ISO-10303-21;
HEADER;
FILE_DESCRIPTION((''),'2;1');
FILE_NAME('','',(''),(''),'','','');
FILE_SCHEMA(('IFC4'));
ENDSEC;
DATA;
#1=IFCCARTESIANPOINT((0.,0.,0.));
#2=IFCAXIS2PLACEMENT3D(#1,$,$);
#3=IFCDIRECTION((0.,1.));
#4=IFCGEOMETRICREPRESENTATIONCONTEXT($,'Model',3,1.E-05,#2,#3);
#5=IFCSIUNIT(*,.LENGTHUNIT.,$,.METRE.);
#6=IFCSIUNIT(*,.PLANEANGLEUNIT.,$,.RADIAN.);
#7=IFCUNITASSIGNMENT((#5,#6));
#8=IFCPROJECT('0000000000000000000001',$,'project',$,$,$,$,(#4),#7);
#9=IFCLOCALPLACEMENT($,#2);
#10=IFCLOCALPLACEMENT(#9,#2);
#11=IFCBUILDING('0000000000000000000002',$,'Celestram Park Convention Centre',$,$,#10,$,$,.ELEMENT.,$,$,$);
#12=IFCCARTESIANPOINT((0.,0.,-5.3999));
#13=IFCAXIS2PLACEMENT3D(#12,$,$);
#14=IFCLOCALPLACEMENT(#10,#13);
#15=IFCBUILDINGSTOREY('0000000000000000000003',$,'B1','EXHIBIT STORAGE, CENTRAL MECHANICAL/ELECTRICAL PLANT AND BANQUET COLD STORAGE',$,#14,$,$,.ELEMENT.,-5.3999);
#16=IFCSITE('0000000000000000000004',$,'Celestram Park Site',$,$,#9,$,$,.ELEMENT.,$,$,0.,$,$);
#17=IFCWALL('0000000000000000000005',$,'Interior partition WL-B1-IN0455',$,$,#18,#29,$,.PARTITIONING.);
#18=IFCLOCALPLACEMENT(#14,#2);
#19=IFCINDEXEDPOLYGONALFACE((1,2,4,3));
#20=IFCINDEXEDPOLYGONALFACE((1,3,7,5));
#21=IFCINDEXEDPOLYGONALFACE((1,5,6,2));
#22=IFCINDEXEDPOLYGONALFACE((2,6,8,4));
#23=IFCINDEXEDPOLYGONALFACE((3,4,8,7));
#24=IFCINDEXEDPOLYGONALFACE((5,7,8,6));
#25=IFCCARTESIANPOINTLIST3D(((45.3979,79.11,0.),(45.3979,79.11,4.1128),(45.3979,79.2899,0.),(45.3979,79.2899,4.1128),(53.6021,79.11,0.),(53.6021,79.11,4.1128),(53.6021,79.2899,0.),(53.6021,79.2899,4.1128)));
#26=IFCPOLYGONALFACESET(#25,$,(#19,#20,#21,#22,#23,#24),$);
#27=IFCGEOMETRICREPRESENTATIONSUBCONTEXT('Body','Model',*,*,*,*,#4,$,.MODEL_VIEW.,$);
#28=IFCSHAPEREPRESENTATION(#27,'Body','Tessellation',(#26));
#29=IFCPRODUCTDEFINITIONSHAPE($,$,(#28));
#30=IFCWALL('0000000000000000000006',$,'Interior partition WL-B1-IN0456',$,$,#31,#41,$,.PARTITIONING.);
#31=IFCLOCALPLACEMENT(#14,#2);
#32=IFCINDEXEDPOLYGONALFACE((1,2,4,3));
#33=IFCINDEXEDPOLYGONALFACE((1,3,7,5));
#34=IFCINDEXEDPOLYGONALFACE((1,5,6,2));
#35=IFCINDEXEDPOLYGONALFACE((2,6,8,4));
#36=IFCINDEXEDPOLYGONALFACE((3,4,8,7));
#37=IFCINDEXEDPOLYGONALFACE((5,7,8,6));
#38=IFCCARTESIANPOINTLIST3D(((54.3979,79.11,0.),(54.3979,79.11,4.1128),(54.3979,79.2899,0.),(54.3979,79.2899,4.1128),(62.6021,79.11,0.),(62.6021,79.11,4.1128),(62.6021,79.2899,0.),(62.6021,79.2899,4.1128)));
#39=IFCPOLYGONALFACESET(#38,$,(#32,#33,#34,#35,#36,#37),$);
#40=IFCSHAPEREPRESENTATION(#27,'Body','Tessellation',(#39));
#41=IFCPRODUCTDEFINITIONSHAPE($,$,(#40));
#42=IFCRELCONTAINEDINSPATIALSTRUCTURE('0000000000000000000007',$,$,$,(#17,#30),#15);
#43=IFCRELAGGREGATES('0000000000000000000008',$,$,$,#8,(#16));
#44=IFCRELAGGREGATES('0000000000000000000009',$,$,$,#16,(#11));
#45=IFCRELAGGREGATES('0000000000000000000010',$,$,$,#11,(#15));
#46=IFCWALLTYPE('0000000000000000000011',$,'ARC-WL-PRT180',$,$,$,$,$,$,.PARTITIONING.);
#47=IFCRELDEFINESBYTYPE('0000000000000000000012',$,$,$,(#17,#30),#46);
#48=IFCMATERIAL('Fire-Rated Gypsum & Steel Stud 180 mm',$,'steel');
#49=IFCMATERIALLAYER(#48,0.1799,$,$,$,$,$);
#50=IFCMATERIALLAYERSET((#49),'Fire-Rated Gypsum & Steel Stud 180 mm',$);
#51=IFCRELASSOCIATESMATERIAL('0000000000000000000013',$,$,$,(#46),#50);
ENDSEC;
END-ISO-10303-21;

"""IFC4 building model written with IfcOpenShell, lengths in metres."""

from ifc_helpers import new_model, si_unit, direction, frame, frame_2d, origin, place, context, subcontext, project, spatial, rectangle, extrude, material, layer, layer_set, type_object, element, save


model = new_model("IFC4")

# Units and contexts
model_context = context("Model", 3, precision=1e-05, world=origin(), true_north=direction((0.0, 1.0)))
body_context = subcontext(model_context, "Body", "Model", "MODEL_VIEW")
ifc_project = project(units=[si_unit("LENGTHUNIT", "METRE"), si_unit("PLANEANGLEUNIT", "RADIAN")], contexts=[model_context])

# Site, building, storey
site_placement = place(None, origin())
site = spatial("IfcSite", under=ifc_project, at=site_placement, Name="Celestram Park Site", CompositionType="ELEMENT", RefElevation=0.0)
building_placement = place(site_placement, origin())
building = spatial("IfcBuilding", under=site, at=building_placement, Name="Celestram Park Convention Centre", CompositionType="ELEMENT")
storey_placement = place(building_placement, frame((0.0, 0.0, -5.3999)))
storey = spatial("IfcBuildingStorey", under=building, at=storey_placement, Name="B1", Description="EXHIBIT STORAGE, CENTRAL MECHANICAL/ELECTRICAL PLANT AND BANQUET COLD STORAGE", CompositionType="ELEMENT", Elevation=-5.3999)

# Walls
ifc_material_1 = material(Name="Fire-Rated Gypsum & Steel Stud 180 mm", Category="steel")
ifc_layer = layer(ifc_material_1, 0.1799)
ifc_layer_set = layer_set([ifc_layer], Name="Fire-Rated Gypsum & Steel Stud 180 mm")
wall_type = type_object("IfcWallType", Name="ARC-WL-PRT180", PredefinedType="PARTITIONING", material=ifc_layer_set)
for number, where, z_axis, x_axis, name in (
    (1, (45.3979, 79.2, 0.0), (0.0, 0.0, 1.0), (1.0, 0.0, 0.0), "Interior partition WL-B1-IN0455"),
    (2, (54.3979, 79.2, 0.0), (0.0, 0.0, 1.0), (1.0, 0.0, 0.0), "Interior partition WL-B1-IN0456"),
):
    element("IfcWall", number, at=place(storey_placement, frame(where, z_axis=z_axis, x_axis=x_axis)), inside=storey, type_object=wall_type, Name=name, PredefinedType="PARTITIONING", context=body_context, shape_type="SweptSolid", body=[
        extrude(rectangle(XDim=8.2041, YDim=0.1799, at=frame_2d((4.1021, 0.0))), origin(), (0.0, 0.0, 1.0), 4.1128),
    ])

save(model, "model.ifc")
